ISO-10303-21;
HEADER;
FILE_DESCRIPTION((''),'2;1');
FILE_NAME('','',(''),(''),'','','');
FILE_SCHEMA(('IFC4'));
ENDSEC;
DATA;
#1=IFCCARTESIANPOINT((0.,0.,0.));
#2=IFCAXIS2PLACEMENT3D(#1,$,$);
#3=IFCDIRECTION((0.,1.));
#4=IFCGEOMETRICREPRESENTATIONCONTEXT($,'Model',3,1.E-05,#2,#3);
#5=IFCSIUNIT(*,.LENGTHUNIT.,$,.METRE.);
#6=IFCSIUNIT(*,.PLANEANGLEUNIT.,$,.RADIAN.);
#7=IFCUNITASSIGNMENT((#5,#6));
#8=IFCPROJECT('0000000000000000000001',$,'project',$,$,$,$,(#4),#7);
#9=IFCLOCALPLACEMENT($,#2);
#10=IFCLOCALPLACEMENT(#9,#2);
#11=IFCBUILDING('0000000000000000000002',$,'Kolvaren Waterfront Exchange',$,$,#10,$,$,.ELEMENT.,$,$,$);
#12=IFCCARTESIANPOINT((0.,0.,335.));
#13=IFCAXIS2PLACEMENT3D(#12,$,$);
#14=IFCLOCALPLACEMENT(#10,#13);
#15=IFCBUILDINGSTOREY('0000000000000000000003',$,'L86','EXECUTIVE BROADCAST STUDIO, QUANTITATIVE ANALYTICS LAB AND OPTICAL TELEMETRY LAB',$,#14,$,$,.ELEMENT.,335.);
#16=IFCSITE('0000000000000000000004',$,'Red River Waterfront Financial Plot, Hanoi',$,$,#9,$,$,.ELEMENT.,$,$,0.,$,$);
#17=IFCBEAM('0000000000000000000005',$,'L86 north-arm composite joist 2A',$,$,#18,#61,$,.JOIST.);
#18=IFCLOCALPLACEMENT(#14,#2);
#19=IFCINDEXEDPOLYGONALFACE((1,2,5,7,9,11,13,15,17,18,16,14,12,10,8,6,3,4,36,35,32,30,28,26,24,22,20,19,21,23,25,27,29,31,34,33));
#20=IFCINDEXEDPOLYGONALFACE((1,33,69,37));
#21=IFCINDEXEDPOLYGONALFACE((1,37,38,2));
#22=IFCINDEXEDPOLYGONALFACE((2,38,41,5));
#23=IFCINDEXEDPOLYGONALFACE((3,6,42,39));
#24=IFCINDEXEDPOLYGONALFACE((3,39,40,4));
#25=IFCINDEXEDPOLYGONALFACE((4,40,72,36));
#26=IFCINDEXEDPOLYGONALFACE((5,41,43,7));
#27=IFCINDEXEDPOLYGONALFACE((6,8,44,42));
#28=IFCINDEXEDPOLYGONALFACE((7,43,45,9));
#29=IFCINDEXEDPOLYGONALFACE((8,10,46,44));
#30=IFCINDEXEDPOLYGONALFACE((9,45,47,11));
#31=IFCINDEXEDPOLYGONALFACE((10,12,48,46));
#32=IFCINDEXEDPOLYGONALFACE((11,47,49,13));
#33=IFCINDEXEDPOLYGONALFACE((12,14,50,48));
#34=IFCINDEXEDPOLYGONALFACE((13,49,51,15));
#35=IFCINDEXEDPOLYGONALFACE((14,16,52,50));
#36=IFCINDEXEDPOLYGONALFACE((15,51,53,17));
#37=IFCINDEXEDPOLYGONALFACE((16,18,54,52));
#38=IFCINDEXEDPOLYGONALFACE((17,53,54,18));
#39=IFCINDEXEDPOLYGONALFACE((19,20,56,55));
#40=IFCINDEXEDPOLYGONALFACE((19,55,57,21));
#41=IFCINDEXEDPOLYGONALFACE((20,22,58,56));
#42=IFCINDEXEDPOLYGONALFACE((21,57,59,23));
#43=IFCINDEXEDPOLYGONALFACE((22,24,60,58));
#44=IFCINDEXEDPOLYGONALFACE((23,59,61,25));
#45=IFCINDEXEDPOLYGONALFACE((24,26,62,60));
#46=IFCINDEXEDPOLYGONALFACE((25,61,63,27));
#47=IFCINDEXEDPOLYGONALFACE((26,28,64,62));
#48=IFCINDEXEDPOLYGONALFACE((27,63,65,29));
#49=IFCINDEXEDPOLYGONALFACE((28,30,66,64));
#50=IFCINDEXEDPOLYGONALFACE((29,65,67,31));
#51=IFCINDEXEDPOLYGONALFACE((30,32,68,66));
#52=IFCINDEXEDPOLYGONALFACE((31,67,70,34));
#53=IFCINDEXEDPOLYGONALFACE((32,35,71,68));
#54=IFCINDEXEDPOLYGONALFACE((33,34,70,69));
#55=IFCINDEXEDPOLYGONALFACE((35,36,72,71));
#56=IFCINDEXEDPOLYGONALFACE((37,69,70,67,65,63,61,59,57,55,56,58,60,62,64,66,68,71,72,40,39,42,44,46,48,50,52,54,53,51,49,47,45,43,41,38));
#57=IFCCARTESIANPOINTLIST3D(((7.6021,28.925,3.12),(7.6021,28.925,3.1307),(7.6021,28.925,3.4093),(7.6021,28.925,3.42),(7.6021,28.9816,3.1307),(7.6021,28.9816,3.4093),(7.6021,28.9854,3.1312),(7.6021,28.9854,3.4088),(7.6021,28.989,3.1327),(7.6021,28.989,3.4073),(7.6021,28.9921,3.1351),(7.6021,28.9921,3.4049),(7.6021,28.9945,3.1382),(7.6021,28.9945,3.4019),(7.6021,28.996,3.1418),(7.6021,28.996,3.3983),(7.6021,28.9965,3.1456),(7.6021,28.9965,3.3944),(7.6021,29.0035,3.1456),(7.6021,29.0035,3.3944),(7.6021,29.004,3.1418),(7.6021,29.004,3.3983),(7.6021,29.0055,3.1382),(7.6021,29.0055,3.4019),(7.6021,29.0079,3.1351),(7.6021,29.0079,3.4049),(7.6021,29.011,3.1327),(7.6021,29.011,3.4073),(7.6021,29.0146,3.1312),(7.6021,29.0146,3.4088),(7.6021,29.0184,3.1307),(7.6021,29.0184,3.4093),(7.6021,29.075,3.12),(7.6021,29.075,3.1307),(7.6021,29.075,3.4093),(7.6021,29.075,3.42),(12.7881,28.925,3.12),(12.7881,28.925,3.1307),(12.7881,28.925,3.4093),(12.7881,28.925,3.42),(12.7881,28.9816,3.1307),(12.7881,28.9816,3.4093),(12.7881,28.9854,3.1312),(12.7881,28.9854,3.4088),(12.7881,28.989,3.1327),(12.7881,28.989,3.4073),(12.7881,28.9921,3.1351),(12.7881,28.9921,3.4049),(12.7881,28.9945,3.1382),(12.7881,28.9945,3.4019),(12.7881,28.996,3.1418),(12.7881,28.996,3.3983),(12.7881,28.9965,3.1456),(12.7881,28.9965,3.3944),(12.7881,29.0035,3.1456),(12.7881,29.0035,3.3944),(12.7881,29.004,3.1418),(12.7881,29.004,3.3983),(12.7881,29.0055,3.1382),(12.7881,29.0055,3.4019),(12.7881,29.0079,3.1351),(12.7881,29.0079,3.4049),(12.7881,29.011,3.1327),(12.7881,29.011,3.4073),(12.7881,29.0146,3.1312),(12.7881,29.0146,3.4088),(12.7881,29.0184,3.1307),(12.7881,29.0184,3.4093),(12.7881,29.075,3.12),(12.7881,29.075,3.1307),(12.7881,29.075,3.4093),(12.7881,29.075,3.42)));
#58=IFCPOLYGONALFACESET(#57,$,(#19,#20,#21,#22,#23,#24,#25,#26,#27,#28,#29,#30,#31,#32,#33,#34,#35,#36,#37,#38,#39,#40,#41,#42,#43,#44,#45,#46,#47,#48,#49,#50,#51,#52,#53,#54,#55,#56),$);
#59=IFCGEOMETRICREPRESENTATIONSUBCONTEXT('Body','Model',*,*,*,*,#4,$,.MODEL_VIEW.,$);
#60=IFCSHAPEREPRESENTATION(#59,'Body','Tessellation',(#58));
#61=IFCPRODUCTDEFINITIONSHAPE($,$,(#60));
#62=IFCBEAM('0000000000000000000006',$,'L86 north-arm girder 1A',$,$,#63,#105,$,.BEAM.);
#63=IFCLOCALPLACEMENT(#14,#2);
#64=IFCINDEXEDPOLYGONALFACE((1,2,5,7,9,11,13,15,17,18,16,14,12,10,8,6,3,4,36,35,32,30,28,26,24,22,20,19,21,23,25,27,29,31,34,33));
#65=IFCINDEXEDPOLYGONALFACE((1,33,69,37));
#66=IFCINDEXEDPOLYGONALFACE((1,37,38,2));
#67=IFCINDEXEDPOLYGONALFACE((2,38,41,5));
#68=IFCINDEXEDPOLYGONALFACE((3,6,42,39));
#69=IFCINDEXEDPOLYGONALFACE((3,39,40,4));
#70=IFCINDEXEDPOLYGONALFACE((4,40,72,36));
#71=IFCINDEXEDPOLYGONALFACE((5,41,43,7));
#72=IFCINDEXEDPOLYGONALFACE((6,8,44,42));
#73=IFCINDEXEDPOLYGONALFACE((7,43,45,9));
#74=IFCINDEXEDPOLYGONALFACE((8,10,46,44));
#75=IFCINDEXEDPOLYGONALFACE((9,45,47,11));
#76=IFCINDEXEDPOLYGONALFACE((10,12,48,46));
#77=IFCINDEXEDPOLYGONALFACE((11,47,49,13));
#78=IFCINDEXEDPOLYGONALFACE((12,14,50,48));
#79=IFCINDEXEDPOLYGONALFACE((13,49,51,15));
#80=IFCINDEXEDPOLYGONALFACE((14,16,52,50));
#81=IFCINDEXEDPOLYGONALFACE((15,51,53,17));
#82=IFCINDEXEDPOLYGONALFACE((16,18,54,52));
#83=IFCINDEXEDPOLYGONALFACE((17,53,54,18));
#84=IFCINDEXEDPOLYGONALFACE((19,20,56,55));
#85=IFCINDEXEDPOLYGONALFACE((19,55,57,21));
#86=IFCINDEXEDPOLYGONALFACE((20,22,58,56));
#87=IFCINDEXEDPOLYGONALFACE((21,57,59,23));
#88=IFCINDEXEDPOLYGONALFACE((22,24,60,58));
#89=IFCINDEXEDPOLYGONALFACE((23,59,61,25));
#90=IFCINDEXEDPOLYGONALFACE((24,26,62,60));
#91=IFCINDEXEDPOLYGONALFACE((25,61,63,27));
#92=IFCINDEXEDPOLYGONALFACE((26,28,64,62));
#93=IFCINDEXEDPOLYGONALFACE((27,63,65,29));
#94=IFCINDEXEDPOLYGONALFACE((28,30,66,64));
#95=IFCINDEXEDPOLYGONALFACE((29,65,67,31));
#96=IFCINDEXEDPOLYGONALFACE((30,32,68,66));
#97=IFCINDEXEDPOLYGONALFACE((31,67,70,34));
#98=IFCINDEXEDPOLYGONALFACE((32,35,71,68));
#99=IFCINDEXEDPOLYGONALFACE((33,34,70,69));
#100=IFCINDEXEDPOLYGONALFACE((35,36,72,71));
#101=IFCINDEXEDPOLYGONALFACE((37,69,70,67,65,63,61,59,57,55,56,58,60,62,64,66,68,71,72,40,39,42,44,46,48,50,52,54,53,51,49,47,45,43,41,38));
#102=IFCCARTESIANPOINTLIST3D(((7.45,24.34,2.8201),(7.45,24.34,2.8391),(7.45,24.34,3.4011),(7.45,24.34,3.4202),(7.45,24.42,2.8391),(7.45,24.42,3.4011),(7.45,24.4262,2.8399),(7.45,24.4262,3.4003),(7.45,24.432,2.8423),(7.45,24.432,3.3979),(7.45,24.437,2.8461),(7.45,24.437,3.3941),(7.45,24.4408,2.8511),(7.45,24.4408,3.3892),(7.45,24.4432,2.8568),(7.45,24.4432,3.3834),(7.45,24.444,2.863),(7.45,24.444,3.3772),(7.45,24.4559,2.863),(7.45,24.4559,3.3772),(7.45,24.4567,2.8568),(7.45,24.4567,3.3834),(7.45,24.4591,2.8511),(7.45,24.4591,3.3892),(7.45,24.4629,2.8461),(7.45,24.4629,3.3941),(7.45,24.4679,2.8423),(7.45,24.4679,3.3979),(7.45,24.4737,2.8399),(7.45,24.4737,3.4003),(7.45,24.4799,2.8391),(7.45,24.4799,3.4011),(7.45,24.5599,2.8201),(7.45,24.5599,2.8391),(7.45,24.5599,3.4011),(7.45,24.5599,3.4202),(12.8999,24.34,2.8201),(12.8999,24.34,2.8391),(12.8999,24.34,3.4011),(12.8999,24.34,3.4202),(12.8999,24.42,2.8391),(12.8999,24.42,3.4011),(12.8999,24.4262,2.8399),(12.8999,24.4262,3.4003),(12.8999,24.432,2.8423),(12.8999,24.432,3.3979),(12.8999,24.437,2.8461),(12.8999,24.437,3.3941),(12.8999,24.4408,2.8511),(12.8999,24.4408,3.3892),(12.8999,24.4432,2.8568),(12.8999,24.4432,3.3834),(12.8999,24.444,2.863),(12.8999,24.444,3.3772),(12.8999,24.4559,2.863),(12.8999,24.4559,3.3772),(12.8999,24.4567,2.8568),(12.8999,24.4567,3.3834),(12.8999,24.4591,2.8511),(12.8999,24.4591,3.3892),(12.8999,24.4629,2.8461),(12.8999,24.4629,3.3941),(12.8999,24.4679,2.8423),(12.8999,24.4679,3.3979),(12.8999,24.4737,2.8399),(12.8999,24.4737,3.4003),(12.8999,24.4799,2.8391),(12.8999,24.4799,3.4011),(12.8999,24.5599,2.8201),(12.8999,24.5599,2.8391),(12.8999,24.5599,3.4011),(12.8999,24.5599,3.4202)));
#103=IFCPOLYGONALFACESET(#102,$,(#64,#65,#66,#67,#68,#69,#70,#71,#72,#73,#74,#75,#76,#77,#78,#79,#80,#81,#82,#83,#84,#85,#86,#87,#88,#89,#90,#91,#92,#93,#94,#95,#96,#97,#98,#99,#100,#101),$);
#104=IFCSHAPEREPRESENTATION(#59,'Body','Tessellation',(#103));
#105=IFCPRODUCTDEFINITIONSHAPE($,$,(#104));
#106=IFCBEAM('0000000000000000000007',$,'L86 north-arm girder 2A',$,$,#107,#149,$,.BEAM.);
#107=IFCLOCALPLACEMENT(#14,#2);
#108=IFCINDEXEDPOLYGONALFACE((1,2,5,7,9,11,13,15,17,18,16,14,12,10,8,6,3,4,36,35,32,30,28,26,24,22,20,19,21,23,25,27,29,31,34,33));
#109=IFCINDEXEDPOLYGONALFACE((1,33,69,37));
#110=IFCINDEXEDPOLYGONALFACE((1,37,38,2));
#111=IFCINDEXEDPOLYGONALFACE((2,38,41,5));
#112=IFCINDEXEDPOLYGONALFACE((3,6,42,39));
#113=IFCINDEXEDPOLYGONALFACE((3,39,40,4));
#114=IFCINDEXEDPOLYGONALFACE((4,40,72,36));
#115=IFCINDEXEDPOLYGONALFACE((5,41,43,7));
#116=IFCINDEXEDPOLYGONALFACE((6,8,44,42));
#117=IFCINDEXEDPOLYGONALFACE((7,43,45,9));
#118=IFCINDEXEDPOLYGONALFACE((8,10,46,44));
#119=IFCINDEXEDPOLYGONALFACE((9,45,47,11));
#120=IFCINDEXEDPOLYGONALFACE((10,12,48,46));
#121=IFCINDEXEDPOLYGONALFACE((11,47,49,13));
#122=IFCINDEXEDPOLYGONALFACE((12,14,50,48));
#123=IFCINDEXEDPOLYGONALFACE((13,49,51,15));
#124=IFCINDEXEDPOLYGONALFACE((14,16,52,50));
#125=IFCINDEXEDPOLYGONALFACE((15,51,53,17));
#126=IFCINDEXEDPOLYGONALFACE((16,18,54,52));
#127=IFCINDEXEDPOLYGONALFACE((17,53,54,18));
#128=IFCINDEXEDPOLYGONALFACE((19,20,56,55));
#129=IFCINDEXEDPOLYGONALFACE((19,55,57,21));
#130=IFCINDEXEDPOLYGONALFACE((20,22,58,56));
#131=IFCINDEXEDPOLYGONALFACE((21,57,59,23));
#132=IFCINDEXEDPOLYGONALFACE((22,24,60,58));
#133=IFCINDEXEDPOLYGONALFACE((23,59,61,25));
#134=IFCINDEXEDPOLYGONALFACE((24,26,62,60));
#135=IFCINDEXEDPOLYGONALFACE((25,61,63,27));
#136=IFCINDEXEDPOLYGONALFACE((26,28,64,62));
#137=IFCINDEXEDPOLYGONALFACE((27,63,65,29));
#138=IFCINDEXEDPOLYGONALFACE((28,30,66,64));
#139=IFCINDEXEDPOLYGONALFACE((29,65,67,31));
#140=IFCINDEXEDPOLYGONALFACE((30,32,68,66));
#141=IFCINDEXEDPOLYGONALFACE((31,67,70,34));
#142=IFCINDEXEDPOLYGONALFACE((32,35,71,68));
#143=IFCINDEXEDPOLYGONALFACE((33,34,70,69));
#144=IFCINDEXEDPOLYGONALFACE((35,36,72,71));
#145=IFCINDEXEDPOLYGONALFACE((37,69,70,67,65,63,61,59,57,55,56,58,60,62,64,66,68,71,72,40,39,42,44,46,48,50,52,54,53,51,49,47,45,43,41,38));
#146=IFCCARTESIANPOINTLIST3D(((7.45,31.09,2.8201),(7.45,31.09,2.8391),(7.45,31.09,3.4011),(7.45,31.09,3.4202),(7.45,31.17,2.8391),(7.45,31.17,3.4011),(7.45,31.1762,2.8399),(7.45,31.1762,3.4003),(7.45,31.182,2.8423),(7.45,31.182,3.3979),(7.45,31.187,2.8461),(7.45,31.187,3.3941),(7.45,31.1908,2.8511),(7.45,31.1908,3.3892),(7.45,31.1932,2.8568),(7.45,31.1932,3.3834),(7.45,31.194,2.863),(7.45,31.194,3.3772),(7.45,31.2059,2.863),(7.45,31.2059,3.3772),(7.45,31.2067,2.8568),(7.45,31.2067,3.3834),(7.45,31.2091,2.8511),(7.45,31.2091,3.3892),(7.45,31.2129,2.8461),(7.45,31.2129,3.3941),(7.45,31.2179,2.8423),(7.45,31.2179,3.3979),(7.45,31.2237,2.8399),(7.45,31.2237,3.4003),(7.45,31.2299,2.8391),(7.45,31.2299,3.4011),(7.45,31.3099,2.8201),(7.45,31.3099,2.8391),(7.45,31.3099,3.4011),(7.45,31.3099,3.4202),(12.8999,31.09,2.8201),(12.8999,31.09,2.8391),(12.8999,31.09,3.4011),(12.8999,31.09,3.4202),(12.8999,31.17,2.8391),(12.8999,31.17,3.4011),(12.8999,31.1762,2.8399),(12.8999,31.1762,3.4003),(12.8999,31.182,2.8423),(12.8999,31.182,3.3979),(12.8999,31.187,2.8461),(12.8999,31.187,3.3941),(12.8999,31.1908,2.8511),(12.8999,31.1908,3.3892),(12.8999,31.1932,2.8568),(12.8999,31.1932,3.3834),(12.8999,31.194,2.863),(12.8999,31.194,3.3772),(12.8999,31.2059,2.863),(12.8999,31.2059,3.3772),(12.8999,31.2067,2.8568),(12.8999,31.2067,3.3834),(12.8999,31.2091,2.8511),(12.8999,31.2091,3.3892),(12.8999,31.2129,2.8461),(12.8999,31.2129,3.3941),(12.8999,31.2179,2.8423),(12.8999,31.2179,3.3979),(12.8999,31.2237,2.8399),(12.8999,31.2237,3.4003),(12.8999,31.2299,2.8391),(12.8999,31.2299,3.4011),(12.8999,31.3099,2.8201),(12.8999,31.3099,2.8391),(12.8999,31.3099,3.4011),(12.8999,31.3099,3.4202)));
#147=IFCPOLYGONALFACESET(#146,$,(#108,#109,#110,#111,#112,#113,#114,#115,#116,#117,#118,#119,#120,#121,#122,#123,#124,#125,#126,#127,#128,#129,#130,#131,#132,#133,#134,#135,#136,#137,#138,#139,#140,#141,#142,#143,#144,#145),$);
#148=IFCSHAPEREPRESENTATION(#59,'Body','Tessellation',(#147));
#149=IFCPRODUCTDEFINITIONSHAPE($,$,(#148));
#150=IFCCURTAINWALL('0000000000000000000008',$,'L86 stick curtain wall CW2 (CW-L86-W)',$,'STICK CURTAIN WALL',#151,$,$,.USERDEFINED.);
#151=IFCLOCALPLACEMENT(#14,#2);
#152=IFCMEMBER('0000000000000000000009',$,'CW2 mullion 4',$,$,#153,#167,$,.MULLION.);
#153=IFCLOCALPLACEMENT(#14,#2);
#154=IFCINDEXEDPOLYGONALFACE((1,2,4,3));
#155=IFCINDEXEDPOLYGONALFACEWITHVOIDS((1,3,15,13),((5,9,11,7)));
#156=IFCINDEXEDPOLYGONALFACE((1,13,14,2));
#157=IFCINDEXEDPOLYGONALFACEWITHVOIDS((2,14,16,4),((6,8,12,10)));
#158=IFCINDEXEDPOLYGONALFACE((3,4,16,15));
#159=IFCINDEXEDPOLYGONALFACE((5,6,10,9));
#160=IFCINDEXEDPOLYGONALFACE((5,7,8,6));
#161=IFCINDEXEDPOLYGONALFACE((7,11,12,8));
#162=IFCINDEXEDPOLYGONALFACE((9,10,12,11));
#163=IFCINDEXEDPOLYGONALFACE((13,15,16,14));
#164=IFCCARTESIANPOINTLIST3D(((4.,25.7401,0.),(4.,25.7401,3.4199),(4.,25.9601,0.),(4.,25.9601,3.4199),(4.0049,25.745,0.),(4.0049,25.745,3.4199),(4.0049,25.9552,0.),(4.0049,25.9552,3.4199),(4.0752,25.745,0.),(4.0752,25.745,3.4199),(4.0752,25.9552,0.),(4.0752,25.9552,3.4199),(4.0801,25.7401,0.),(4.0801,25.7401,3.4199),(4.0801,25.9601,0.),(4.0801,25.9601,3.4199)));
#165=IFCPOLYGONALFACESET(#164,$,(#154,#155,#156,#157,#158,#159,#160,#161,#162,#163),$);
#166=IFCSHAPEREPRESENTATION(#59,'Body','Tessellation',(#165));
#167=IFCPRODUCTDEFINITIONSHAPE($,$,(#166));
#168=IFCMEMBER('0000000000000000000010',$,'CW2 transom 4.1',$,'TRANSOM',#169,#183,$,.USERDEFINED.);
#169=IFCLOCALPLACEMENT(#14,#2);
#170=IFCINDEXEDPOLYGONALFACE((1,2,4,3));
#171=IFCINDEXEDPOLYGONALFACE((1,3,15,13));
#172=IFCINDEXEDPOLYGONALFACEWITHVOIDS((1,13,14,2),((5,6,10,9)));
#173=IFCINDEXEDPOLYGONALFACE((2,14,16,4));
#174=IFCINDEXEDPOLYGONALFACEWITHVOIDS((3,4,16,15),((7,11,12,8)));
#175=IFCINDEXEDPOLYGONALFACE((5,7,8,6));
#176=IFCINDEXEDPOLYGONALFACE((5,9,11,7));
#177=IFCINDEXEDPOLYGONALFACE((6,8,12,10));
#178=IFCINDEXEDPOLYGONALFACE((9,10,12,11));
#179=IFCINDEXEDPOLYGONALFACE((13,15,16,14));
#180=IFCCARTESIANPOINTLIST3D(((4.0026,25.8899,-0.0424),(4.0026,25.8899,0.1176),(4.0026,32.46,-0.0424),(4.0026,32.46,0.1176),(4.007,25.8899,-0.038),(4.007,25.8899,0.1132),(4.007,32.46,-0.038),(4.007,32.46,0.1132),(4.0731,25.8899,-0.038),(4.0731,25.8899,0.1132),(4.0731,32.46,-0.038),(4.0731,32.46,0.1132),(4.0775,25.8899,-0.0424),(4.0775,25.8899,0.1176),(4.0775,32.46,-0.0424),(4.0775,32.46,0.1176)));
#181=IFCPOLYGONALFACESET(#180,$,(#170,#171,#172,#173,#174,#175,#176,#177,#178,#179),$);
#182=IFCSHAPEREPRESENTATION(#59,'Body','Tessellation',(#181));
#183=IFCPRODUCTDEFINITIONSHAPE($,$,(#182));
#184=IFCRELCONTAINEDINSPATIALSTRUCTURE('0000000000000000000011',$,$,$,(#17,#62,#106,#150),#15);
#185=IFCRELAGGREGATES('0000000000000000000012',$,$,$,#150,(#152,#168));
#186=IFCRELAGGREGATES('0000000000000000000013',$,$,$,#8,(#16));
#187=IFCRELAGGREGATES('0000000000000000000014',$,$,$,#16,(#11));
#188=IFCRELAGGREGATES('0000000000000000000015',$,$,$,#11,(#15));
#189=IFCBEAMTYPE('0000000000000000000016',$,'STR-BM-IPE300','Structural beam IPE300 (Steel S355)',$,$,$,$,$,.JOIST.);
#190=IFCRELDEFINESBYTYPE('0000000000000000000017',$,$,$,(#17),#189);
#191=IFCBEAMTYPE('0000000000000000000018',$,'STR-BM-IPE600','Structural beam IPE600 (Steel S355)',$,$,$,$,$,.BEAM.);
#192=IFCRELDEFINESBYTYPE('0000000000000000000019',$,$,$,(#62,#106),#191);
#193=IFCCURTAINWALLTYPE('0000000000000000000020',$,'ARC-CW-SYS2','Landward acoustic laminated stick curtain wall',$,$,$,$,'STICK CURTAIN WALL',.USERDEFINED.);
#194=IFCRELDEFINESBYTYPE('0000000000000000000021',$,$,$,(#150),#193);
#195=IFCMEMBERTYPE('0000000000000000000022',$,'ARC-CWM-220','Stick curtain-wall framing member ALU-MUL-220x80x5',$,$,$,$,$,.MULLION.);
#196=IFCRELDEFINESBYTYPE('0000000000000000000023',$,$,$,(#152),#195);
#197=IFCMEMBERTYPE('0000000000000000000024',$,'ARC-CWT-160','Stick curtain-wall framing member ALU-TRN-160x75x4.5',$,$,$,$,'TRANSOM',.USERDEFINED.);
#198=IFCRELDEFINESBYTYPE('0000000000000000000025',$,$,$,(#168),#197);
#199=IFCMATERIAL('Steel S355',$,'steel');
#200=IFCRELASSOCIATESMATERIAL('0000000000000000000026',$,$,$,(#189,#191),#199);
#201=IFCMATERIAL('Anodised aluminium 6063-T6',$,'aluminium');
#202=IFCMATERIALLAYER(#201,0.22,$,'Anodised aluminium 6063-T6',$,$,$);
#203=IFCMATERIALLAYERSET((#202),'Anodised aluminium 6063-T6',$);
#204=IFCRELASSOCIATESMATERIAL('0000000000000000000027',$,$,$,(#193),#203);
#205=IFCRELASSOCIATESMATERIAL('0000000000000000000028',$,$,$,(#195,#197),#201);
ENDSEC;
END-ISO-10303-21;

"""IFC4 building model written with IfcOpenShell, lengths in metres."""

from ifc_helpers import new_model, si_unit, direction, frame, origin, origin_with_axes, origin_2d, place, context, subcontext, project, spatial, hollow_rectangle, i_section, extrude, source, transform, mapped, material, layer, layer_set, material_profile, profile_set, type_object, element, aggregate, save


model = new_model("IFC4")

# Units and contexts
model_context = context("Model", 3, precision=1e-05, world=origin(), true_north=direction((0.0, 1.0)))
body_context = subcontext(model_context, "Body", "Model", "MODEL_VIEW")
ifc_project = project(units=[si_unit("LENGTHUNIT", "METRE"), si_unit("PLANEANGLEUNIT", "RADIAN")], contexts=[model_context])

# Site, building, storey
site_placement = place(None, origin())
site = spatial("IfcSite", under=ifc_project, at=site_placement, Name="Red River Waterfront Financial Plot, Hanoi", CompositionType="ELEMENT", RefElevation=0.0)
building_placement = place(site_placement, origin())
building = spatial("IfcBuilding", under=site, at=building_placement, Name="Kolvaren Waterfront Exchange", CompositionType="ELEMENT")
storey_placement = place(building_placement, frame((0.0, 0.0, 335.0)))
storey = spatial("IfcBuildingStorey", under=building, at=storey_placement, Name="L86", Description="EXECUTIVE BROADCAST STUDIO, QUANTITATIVE ANALYTICS LAB AND OPTICAL TELEMETRY LAB", CompositionType="ELEMENT", Elevation=335.0)

# Beams
ifc_material_1 = material(Name="Steel S355", Category="steel")
ifc_material_profile_1 = material_profile(ifc_material_1, i_section(OverallWidth=0.1499, OverallDepth=0.3, WebThickness=0.0071, FlangeThickness=0.0107, FilletRadius=0.0149, at=origin_2d()), Name="IPE300")
ifc_profile_set_1 = profile_set([ifc_material_profile_1], Name="Steel S355")
beam_type_1 = type_object("IfcBeamType", Name="STR-BM-IPE300", Description="Structural beam IPE300 (Steel S355)", PredefinedType="JOIST", material=ifc_profile_set_1)
for number, where, z_axis, x_axis, name in (
    (1, (7.6021, 29.0, 3.27), (1.0, 0.0, 0.0), (0.0, 1.0, 0.0), "L86 north-arm composite joist 2A"),
):
    element("IfcBeam", number, at=place(storey_placement, frame(where, z_axis=z_axis, x_axis=x_axis)), inside=storey, type_object=beam_type_1, Name=name, PredefinedType="JOIST", context=body_context, shape_type="SweptSolid", body=[
        extrude(i_section(OverallWidth=0.1499, OverallDepth=0.3, WebThickness=0.0071, FlangeThickness=0.0107, FilletRadius=0.0149, at=origin_2d()), origin(), (0.0, 0.0, 1.0), 5.186),
    ])
ifc_material_profile_2 = material_profile(ifc_material_1, i_section(OverallWidth=0.22, OverallDepth=0.6001, WebThickness=0.012, FlangeThickness=0.019, FilletRadius=0.0239, at=origin_2d()), Name="IPE600")
ifc_profile_set_2 = profile_set([ifc_material_profile_2], Name="Steel S355")
beam_type_2 = type_object("IfcBeamType", Name="STR-BM-IPE600", Description="Structural beam IPE600 (Steel S355)", PredefinedType="BEAM", material=ifc_profile_set_2)
for number, where, z_axis, x_axis, name in (
    (2, (7.45, 24.45, 3.1201), (1.0, 0.0, 0.0), (0.0, 1.0, 0.0), "L86 north-arm girder 1A"),
    (3, (7.45, 31.2, 3.1201), (1.0, 0.0, 0.0), (0.0, 1.0, 0.0), "L86 north-arm girder 2A"),
):
    element("IfcBeam", number, at=place(storey_placement, frame(where, z_axis=z_axis, x_axis=x_axis)), inside=storey, type_object=beam_type_2, Name=name, PredefinedType="BEAM", context=body_context, shape_type="SweptSolid", body=[
        extrude(i_section(OverallWidth=0.22, OverallDepth=0.6001, WebThickness=0.012, FlangeThickness=0.019, FilletRadius=0.0239, at=origin_2d()), origin(), (0.0, 0.0, 1.0), 5.45),
    ])

# Curtain wall, members
ifc_material_2 = material(Name="Anodised aluminium 6063-T6", Category="aluminium")
ifc_layer_1 = layer(ifc_material_2, 0.22, Name="Anodised aluminium 6063-T6")
ifc_layer_set_1 = layer_set([ifc_layer_1], Name="Anodised aluminium 6063-T6")
curtain_wall_type = type_object("IfcCurtainWallType", Name="ARC-CW-SYS2", Description="Landward acoustic laminated stick curtain wall", ElementType="STICK CURTAIN WALL", PredefinedType="USERDEFINED", material=ifc_layer_set_1)
curtain_wall_placement = place(storey_placement, origin())
curtain_wall = element("IfcCurtainWall", 4, at=curtain_wall_placement, inside=storey, type_object=curtain_wall_type, Name="L86 stick curtain wall CW2 (CW-L86-W)", ObjectType="STICK CURTAIN WALL", PredefinedType="USERDEFINED")
ifc_material_profile_3 = material_profile(ifc_material_2, hollow_rectangle(XDim=0.0801, YDim=0.22, WallThickness=0.0049, at=origin_2d()), Name="ALU-MUL-220x80x5")
ifc_profile_set_3 = profile_set([ifc_material_profile_3], Name="Anodised aluminium 6063-T6")
member_type_1 = type_object("IfcMemberType", Name="ARC-CWM-220", Description="Stick curtain-wall framing member ALU-MUL-220x80x5", PredefinedType="MULLION", material=ifc_profile_set_3)
shared_shape_1 = source(origin_with_axes(), body_context, "Body", "SweptSolid", [
    extrude(hollow_rectangle(XDim=0.0801, YDim=0.22, WallThickness=0.0049, at=origin_2d()), origin(), (0.0, 0.0, 1.0), 3.4199),
])
member_1_placement = place(storey_placement, frame((4.04, 25.8501, 0.0), z_axis=(0.0, 0.0, 1.0), x_axis=(-1.0, 0.0, 0.0)))
member_1 = element("IfcMember", 5, at=member_1_placement, type_object=member_type_1, Name="CW2 mullion 4", PredefinedType="MULLION", context=body_context, shape_type="MappedRepresentation", body=[
    mapped(shared_shape_1, transform((0.0, 0.0, 0.0), x_axis=(1.0, 0.0, 0.0), y_axis=(0.0, 1.0, 0.0), z_axis=(0.0, 0.0, 1.0), scale=1.0)),
])
ifc_material_profile_4 = material_profile(ifc_material_2, hollow_rectangle(XDim=0.075, YDim=0.1599, WallThickness=0.0044, at=origin_2d()), Name="ALU-TRN-160x75x4.5")
ifc_profile_set_4 = profile_set([ifc_material_profile_4], Name="Anodised aluminium 6063-T6")
member_type_2 = type_object("IfcMemberType", Name="ARC-CWT-160", Description="Stick curtain-wall framing member ALU-TRN-160x75x4.5", ElementType="TRANSOM", PredefinedType="USERDEFINED", material=ifc_profile_set_4)
shared_shape_2 = source(origin_with_axes(), body_context, "Body", "SweptSolid", [
    extrude(hollow_rectangle(XDim=0.075, YDim=0.1599, WallThickness=0.0044, at=origin_2d()), origin(), (0.0, 0.0, 1.0), 6.5701),
])
member_2_placement = place(storey_placement, frame((4.04, 25.8899, 0.0376), z_axis=(0.0, 1.0, 0.0), x_axis=(-1.0, 0.0, 0.0)))
member_2 = element("IfcMember", 6, at=member_2_placement, type_object=member_type_2, Name="CW2 transom 4.1", ObjectType="TRANSOM", PredefinedType="USERDEFINED", context=body_context, shape_type="MappedRepresentation", body=[
    mapped(shared_shape_2, transform((0.0, 0.0, 0.0), x_axis=(1.0, 0.0, 0.0), y_axis=(0.0, 1.0, 0.0), z_axis=(0.0, 0.0, 1.0), scale=1.0)),
])
aggregate(curtain_wall, [member_1, member_2])

save(model, "model.ifc")
